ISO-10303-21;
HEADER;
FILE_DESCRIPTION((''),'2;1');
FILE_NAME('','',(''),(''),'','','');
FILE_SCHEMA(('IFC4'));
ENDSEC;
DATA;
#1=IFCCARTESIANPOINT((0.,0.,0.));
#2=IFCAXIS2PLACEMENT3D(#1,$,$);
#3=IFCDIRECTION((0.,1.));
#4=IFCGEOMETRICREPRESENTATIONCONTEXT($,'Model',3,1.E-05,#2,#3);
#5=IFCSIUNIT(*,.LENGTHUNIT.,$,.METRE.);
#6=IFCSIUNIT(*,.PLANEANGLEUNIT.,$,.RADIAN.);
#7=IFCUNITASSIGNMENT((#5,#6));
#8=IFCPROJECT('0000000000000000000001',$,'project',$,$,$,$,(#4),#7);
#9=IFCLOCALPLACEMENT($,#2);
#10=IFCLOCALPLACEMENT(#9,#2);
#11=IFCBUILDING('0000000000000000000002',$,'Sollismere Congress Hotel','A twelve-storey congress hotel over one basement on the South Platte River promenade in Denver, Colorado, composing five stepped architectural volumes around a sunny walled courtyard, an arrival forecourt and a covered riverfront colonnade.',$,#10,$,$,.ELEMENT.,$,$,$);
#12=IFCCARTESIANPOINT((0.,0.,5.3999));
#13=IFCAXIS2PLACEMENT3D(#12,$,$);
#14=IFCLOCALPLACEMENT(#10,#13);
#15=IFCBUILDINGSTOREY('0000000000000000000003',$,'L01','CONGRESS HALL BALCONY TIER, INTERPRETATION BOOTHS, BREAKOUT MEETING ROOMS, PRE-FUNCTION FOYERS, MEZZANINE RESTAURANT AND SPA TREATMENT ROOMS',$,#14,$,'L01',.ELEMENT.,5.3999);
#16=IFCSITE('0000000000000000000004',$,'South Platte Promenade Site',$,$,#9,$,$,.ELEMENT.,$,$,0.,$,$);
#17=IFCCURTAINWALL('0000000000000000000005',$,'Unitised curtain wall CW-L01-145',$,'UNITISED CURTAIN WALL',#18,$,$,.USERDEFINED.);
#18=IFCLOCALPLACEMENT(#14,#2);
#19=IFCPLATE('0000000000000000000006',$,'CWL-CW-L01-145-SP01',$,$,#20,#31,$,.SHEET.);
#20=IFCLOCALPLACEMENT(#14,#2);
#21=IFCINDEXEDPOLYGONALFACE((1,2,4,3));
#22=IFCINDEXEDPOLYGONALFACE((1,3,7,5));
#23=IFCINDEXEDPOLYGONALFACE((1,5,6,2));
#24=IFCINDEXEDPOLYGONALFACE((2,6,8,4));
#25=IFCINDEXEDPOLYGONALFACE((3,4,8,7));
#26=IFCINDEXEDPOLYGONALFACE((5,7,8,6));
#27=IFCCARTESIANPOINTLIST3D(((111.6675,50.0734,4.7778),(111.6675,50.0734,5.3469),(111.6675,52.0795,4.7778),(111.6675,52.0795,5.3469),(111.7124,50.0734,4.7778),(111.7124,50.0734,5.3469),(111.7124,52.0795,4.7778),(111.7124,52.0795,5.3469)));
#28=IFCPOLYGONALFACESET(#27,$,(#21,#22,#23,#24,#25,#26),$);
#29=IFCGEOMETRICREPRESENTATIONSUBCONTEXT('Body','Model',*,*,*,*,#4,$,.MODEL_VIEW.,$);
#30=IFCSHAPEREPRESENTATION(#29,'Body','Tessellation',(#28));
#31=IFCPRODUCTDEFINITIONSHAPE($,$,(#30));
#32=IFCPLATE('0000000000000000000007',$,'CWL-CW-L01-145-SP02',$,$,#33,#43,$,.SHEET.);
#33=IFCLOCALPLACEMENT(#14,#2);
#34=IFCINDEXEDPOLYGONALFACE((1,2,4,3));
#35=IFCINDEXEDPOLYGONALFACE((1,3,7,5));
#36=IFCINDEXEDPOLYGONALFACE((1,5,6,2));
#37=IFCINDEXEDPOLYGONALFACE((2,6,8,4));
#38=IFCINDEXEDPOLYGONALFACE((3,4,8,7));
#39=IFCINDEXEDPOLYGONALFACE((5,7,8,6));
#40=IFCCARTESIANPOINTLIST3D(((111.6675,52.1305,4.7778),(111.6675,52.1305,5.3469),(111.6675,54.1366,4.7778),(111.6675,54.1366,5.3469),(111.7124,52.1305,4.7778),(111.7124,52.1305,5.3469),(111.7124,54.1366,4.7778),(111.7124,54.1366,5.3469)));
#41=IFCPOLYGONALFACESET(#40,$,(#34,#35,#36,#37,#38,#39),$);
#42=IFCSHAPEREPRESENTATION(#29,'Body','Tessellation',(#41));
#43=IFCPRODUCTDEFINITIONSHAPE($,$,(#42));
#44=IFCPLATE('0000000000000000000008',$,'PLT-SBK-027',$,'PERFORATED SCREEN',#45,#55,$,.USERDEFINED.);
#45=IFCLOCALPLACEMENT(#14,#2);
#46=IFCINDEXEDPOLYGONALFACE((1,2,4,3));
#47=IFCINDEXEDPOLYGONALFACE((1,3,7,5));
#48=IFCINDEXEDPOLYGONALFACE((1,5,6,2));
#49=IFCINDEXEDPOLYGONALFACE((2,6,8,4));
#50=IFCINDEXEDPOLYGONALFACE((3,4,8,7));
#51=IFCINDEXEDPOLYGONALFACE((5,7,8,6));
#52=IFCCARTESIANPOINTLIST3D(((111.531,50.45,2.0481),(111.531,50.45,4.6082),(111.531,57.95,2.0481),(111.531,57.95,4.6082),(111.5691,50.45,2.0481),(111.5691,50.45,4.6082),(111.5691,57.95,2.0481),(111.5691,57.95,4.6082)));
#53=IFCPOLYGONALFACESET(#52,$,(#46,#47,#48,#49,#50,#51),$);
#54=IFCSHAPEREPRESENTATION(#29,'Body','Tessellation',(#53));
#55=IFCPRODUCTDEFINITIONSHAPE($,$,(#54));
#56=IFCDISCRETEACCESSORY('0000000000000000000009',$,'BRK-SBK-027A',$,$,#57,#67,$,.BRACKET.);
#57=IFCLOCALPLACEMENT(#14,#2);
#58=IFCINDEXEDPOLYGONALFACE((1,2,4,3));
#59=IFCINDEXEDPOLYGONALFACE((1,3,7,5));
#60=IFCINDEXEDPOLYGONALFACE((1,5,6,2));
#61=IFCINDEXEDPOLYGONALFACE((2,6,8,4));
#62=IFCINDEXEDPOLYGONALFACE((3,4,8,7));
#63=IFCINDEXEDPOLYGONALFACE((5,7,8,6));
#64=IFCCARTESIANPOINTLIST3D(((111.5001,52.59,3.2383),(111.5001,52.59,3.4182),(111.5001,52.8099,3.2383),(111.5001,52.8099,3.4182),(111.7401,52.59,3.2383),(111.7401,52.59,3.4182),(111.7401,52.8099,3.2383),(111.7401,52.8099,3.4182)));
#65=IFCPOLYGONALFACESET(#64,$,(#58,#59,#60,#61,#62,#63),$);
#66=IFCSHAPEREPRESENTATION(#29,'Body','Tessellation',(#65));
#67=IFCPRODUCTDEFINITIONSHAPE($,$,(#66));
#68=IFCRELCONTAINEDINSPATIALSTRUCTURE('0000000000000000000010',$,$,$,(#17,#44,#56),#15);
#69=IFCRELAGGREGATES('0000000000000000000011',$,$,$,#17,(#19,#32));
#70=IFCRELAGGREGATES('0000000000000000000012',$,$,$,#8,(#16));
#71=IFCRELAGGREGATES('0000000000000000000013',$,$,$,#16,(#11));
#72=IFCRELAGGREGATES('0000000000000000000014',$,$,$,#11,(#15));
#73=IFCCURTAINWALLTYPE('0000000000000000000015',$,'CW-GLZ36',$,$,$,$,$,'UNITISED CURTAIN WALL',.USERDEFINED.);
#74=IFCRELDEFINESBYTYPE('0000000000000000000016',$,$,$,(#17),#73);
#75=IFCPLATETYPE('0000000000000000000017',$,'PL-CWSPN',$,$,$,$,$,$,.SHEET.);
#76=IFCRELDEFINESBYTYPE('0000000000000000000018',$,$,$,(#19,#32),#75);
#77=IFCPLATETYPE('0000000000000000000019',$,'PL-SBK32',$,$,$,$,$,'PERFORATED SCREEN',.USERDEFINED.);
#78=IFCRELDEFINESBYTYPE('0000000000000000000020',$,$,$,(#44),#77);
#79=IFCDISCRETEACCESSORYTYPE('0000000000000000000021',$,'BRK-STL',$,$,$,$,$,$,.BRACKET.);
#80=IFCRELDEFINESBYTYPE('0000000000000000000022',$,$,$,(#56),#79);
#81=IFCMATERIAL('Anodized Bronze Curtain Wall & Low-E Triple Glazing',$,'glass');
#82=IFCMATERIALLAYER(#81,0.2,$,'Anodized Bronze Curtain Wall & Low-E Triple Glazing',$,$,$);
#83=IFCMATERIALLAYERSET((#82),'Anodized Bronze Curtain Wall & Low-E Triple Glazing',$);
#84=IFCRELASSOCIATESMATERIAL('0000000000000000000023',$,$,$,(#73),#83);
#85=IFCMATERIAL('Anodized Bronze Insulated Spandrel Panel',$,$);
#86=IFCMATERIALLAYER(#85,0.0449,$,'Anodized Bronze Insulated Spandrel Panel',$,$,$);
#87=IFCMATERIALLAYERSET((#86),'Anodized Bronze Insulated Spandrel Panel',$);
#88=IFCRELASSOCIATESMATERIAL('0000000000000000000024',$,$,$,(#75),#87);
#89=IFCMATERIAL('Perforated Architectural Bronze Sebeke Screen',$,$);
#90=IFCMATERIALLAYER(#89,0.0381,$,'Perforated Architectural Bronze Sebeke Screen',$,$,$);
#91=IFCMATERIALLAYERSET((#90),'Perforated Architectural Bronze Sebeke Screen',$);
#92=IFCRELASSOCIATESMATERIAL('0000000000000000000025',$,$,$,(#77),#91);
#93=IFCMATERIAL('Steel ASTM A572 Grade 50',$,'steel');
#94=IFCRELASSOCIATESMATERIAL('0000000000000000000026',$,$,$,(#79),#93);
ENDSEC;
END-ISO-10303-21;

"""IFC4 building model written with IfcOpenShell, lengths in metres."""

from ifc_helpers import new_model, si_unit, direction, frame, origin, origin_2d, place, context, subcontext, project, spatial, rectangle, extrude, material, layer, layer_set, type_object, element, aggregate, save


model = new_model("IFC4")

# Units and contexts
model_context = context("Model", 3, precision=1e-05, world=origin(), true_north=direction((0.0, 1.0)))
body_context = subcontext(model_context, "Body", "Model", "MODEL_VIEW")
ifc_project = project(units=[si_unit("LENGTHUNIT", "METRE"), si_unit("PLANEANGLEUNIT", "RADIAN")], contexts=[model_context])

# Site, building, storey
site_placement = place(None, origin())
site = spatial("IfcSite", under=ifc_project, at=site_placement, Name="South Platte Promenade Site", CompositionType="ELEMENT", RefElevation=0.0)
building_placement = place(site_placement, origin())
building = spatial("IfcBuilding", under=site, at=building_placement, Name="Sollismere Congress Hotel", Description="A twelve-storey congress hotel over one basement on the South Platte River promenade in Denver, Colorado, composing five stepped architectural volumes around a sunny walled courtyard, an arrival forecourt and a covered riverfront colonnade.", CompositionType="ELEMENT")
storey_placement = place(building_placement, frame((0.0, 0.0, 5.3999)))
storey = spatial("IfcBuildingStorey", under=building, at=storey_placement, Name="L01", Description="CONGRESS HALL BALCONY TIER, INTERPRETATION BOOTHS, BREAKOUT MEETING ROOMS, PRE-FUNCTION FOYERS, MEZZANINE RESTAURANT AND SPA TREATMENT ROOMS", LongName="L01", CompositionType="ELEMENT", Elevation=5.3999)

# Shared definitions
ifc_material_1 = material(Name="Anodized Bronze Curtain Wall & Low-E Triple Glazing", Category="glass")
ifc_layer_1 = layer(ifc_material_1, 0.2, Name="Anodized Bronze Curtain Wall & Low-E Triple Glazing")
ifc_layer_set_1 = layer_set([ifc_layer_1], Name="Anodized Bronze Curtain Wall & Low-E Triple Glazing")
curtain_wall_type = type_object("IfcCurtainWallType", Name="CW-GLZ36", ElementType="UNITISED CURTAIN WALL", PredefinedType="USERDEFINED", material=ifc_layer_set_1)

# Curtain wall
curtain_wall_1_placement = place(storey_placement, origin())
curtain_wall_1 = element("IfcCurtainWall", 1, at=curtain_wall_1_placement, inside=storey, type_object=curtain_wall_type, Name="Unitised curtain wall CW-L01-145", ObjectType="UNITISED CURTAIN WALL", PredefinedType="USERDEFINED")

# Plates
ifc_material_2 = material(Name="Anodized Bronze Insulated Spandrel Panel")
ifc_layer_2 = layer(ifc_material_2, 0.0449, Name="Anodized Bronze Insulated Spandrel Panel")
ifc_layer_set_2 = layer_set([ifc_layer_2], Name="Anodized Bronze Insulated Spandrel Panel")
plate_type_1 = type_object("IfcPlateType", Name="PL-CWSPN", PredefinedType="SHEET", material=ifc_layer_set_2)
plate_1_placement = place(storey_placement, frame((111.6899, 51.0764, 4.7778), z_axis=(0.0, 0.0, 1.0), x_axis=(0.0, 1.0, 0.0)))
plate_1 = element("IfcPlate", 2, at=plate_1_placement, type_object=plate_type_1, Name="CWL-CW-L01-145-SP01", PredefinedType="SHEET", context=body_context, shape_type="SweptSolid", body=[
    extrude(rectangle(XDim=2.0061, YDim=0.0449, at=origin_2d()), origin(), (0.0, 0.0, 1.0), 0.5691),
])
plate_2_placement = place(storey_placement, frame((111.6899, 53.1335, 4.7778), z_axis=(0.0, 0.0, 1.0), x_axis=(0.0, 1.0, 0.0)))
plate_2 = element("IfcPlate", 3, at=plate_2_placement, type_object=plate_type_1, Name="CWL-CW-L01-145-SP02", PredefinedType="SHEET", context=body_context, shape_type="SweptSolid", body=[
    extrude(rectangle(XDim=2.0061, YDim=0.0449, at=origin_2d()), origin(), (0.0, 0.0, 1.0), 0.5691),
])
aggregate(curtain_wall_1, [plate_1, plate_2])
ifc_material_3 = material(Name="Perforated Architectural Bronze Sebeke Screen")
ifc_layer_3 = layer(ifc_material_3, 0.0381, Name="Perforated Architectural Bronze Sebeke Screen")
ifc_layer_set_3 = layer_set([ifc_layer_3], Name="Perforated Architectural Bronze Sebeke Screen")
plate_type_2 = type_object("IfcPlateType", Name="PL-SBK32", ElementType="PERFORATED SCREEN", PredefinedType="USERDEFINED", material=ifc_layer_set_3)
plate_3_placement = place(storey_placement, frame((111.55, 54.2, 2.0481), z_axis=(0.0, 0.0, 1.0), x_axis=(0.0, 1.0, 0.0)))
element("IfcPlate", 4, at=plate_3_placement, inside=storey, type_object=plate_type_2, Name="PLT-SBK-027", ObjectType="PERFORATED SCREEN", PredefinedType="USERDEFINED", context=body_context, shape_type="SweptSolid", body=[
    extrude(rectangle(XDim=7.5, YDim=0.0381, at=origin_2d()), origin(), (0.0, 0.0, 1.0), 2.5601),
])

# Discrete accessory
ifc_material_4 = material(Name="Steel ASTM A572 Grade 50", Category="steel")
discrete_accessory_type = type_object("IfcDiscreteAccessoryType", Name="BRK-STL", PredefinedType="BRACKET", material=ifc_material_4)
discrete_accessory_placement = place(storey_placement, frame((111.6201, 52.7, 3.2383), z_axis=(0.0, 0.0, 1.0), x_axis=(0.0, 1.0, 0.0)))
element("IfcDiscreteAccessory", 5, at=discrete_accessory_placement, inside=storey, type_object=discrete_accessory_type, Name="BRK-SBK-027A", PredefinedType="BRACKET", context=body_context, shape_type="SweptSolid", body=[
    extrude(rectangle(XDim=0.22, YDim=0.24, at=origin_2d()), origin(), (0.0, 0.0, 1.0), 0.1799),
])

save(model, "model.ifc")
